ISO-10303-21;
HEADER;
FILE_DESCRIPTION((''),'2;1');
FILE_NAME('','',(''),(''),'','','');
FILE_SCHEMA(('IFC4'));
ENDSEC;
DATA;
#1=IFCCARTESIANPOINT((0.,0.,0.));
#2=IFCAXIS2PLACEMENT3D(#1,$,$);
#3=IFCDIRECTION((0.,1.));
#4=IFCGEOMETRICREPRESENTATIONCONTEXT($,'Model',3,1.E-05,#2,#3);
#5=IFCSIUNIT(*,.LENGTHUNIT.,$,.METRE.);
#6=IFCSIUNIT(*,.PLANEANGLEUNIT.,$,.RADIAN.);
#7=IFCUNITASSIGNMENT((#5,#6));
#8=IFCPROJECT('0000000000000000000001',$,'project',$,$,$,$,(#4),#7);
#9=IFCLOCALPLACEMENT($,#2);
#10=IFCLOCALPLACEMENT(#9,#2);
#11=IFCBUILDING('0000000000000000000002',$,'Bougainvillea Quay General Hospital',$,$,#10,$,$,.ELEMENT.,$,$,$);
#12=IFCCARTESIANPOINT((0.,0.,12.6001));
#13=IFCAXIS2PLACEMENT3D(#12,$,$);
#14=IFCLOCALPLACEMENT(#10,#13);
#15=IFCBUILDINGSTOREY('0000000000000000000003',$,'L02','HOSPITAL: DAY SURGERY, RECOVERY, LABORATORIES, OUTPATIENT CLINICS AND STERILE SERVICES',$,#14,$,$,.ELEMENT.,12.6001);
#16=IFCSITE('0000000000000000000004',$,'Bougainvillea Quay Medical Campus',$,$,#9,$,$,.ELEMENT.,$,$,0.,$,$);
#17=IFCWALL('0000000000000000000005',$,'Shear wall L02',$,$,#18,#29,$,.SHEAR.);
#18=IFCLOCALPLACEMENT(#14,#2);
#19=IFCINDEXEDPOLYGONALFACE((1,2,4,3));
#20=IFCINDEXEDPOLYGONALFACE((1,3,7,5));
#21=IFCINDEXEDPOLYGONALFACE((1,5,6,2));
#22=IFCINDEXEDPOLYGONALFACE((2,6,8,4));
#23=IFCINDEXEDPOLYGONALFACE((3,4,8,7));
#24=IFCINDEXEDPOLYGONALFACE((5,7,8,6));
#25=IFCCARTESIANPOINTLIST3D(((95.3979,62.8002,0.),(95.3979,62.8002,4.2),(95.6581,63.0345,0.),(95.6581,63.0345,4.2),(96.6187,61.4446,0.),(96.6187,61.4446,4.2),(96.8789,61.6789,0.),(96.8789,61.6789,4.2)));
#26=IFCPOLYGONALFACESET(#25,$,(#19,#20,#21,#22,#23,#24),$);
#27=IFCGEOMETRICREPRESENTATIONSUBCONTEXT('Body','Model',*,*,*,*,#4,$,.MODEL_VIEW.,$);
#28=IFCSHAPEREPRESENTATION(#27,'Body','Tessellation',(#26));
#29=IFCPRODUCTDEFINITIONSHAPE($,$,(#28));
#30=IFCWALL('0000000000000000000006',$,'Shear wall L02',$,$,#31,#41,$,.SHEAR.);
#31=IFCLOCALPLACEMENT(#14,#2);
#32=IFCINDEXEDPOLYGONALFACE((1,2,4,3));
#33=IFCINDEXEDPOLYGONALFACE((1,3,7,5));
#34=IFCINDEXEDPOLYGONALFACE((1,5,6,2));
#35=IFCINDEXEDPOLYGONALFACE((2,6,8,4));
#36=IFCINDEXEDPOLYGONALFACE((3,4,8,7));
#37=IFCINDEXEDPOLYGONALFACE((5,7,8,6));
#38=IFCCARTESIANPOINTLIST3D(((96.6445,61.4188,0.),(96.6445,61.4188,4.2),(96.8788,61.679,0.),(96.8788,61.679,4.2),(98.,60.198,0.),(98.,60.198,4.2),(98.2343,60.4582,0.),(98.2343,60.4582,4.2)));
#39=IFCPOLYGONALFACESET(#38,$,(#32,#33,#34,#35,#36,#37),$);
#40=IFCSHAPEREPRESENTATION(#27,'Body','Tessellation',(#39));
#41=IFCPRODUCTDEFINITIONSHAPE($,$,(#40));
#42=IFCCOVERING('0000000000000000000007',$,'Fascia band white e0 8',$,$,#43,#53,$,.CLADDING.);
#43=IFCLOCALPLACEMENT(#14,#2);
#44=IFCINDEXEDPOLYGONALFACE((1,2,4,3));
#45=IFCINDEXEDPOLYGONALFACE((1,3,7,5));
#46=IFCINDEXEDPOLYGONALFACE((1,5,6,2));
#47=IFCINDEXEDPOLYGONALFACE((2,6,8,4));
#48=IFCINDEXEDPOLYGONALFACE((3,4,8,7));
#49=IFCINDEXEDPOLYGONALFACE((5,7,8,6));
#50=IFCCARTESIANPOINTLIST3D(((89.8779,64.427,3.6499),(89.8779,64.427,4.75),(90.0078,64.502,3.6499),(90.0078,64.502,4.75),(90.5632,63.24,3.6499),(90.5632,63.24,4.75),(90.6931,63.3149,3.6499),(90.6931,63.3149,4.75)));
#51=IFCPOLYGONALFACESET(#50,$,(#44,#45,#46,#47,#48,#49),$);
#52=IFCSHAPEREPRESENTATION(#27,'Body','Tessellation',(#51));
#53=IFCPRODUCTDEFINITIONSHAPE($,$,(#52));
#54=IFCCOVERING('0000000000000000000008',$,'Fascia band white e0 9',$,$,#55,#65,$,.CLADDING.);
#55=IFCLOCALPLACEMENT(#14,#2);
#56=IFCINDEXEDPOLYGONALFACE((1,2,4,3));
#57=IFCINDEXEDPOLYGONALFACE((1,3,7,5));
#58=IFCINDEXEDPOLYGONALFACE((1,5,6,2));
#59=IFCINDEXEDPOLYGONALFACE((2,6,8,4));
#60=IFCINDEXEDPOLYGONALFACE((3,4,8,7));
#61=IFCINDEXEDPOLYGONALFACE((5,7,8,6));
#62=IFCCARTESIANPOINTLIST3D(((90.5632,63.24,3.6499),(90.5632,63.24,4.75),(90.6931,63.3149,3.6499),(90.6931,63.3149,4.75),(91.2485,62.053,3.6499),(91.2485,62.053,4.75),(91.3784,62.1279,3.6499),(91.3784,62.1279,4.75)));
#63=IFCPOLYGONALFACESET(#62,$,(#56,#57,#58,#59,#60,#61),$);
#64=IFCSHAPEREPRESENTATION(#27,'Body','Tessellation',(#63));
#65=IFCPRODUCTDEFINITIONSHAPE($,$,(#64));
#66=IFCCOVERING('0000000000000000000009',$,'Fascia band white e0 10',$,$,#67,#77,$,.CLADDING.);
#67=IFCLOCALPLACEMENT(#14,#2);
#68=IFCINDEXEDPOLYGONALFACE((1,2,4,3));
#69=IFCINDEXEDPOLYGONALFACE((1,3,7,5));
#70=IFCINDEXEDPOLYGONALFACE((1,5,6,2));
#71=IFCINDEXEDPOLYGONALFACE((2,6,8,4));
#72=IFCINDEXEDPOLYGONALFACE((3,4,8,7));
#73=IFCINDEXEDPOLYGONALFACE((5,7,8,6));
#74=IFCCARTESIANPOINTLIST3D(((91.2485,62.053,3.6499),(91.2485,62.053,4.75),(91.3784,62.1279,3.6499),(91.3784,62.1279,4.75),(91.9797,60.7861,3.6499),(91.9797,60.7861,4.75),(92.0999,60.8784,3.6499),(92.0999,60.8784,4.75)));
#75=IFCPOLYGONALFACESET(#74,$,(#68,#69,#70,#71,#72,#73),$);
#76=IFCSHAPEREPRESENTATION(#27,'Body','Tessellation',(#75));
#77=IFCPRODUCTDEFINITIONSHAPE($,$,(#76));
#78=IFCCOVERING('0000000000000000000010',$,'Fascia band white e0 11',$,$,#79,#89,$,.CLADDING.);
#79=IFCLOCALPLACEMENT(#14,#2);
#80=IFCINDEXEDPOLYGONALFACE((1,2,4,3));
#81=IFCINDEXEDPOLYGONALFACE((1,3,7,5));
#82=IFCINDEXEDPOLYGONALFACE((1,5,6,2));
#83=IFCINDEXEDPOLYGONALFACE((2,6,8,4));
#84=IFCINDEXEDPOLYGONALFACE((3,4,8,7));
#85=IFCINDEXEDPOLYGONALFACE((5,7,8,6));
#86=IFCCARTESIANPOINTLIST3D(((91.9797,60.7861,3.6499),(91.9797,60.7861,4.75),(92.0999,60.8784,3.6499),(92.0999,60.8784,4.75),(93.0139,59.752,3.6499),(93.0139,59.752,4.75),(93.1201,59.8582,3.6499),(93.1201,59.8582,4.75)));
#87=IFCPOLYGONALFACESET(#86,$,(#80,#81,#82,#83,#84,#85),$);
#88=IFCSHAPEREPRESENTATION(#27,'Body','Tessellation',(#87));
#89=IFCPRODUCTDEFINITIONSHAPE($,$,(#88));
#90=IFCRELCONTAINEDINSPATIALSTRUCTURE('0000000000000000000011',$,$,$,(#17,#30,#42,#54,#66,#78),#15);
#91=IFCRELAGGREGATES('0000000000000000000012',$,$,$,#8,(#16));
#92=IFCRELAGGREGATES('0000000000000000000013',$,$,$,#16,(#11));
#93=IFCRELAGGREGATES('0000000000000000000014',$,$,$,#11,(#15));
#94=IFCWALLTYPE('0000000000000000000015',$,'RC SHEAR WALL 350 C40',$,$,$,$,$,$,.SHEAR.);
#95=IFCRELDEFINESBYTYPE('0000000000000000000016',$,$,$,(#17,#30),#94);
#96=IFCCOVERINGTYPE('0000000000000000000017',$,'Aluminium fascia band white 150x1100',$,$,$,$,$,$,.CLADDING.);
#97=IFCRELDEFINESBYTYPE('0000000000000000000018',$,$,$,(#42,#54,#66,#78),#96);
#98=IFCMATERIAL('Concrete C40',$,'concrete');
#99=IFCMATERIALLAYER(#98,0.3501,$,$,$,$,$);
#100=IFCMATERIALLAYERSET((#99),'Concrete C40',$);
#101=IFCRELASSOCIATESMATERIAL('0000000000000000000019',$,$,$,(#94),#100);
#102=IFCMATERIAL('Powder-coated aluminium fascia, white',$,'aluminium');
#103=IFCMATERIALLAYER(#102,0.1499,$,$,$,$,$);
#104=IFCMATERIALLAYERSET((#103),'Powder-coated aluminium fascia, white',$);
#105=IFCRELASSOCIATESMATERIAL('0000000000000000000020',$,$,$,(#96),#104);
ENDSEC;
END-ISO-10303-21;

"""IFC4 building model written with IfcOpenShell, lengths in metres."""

from ifc_helpers import new_model, si_unit, direction, frame, frame_2d, origin, place, context, subcontext, project, spatial, polyline, rectangle, outline, extrude, material, layer, layer_set, type_object, element, save


model = new_model("IFC4")

# Units and contexts
model_context = context("Model", 3, precision=1e-05, world=origin(), true_north=direction((0.0, 1.0)))
body_context = subcontext(model_context, "Body", "Model", "MODEL_VIEW")
ifc_project = project(units=[si_unit("LENGTHUNIT", "METRE"), si_unit("PLANEANGLEUNIT", "RADIAN")], contexts=[model_context])

# Site, building, storey
site_placement = place(None, origin())
site = spatial("IfcSite", under=ifc_project, at=site_placement, Name="Bougainvillea Quay Medical Campus", CompositionType="ELEMENT", RefElevation=0.0)
building_placement = place(site_placement, origin())
building = spatial("IfcBuilding", under=site, at=building_placement, Name="Bougainvillea Quay General Hospital", CompositionType="ELEMENT")
storey_placement = place(building_placement, frame((0.0, 0.0, 12.6001)))
storey = spatial("IfcBuildingStorey", under=building, at=storey_placement, Name="L02", Description="HOSPITAL: DAY SURGERY, RECOVERY, LABORATORIES, OUTPATIENT CLINICS AND STERILE SERVICES", CompositionType="ELEMENT", Elevation=12.6001)

# Shared definitions
ifc_material_1 = material(Name="Concrete C40", Category="concrete")

# Walls
ifc_layer_1 = layer(ifc_material_1, 0.3501)
ifc_layer_set_1 = layer_set([ifc_layer_1], Name="Concrete C40")
wall_type_1 = type_object("IfcWallType", Name="RC SHEAR WALL 350 C40", PredefinedType="SHEAR", material=ifc_layer_set_1)
for number, where, z_axis, x_axis, name in (
    (1, (96.7488, 61.5618, 0.0), (0.0, 0.0, 1.0), (-0.669201, 0.743081, 0.0), "Shear wall L02"),
    (2, (98.1172, 60.3281, 0.0), (0.0, 0.0, 1.0), (-0.743081, 0.669201, 0.0), "Shear wall L02"),
):
    element("IfcWall", number, at=place(storey_placement, frame(where, z_axis=z_axis, x_axis=x_axis)), inside=storey, type_object=wall_type_1, Name=name, PredefinedType="SHEAR", context=body_context, shape_type="SweptSolid", body=[
        extrude(rectangle(XDim=1.8242, YDim=0.3501, at=frame_2d((0.9121, 0.0))), origin(), (0.0, 0.0, 1.0), 4.2),
    ])

# Coverings
ifc_material_2 = material(Name="Powder-coated aluminium fascia, white", Category="aluminium")
ifc_layer_2 = layer(ifc_material_2, 0.1499)
ifc_layer_set_2 = layer_set([ifc_layer_2], Name="Powder-coated aluminium fascia, white")
covering_type = type_object("IfcCoveringType", Name="Aluminium fascia band white 150x1100", PredefinedType="CLADDING", material=ifc_layer_set_2)
for number, where, z_axis, x_axis, name in (
    (3, (90.0078, 64.502, 3.6499), (0.0, 0.0, 1.0), (0.49999, -0.866031, 0.0), "Fascia band white e0 8"),
    (4, (90.6931, 63.3149, 3.6499), (0.0, 0.0, 1.0), (0.49999, -0.866031, 0.0), "Fascia band white e0 9"),
):
    element("IfcCovering", number, at=place(storey_placement, frame(where, z_axis=z_axis, x_axis=x_axis)), inside=storey, type_object=covering_type, Name=name, PredefinedType="CLADDING", context=body_context, shape_type="SweptSolid", body=[
        extrude(outline(polyline([(0.0, 0.0), (1.3706, 0.0), (1.3706, -0.15), (0.0, -0.15), (0.0, 0.0)])), origin(), (0.0, 0.0, 1.0), 1.1001),
    ])
covering_1_placement = place(storey_placement, frame((91.3784, 62.1279, 3.6499), z_axis=(0.0, 0.0, 1.0), x_axis=(0.500015, -0.866017, 0.0)))
element("IfcCovering", 5, at=covering_1_placement, inside=storey, type_object=covering_type, Name="Fascia band white e0 10", PredefinedType="CLADDING", context=body_context, shape_type="SweptSolid", body=[
    extrude(outline(polyline([(0.0, 0.0), (1.4428, 0.0), (1.4627, -0.1502), (0.0, -0.15), (0.0, 0.0)])), origin(), (0.0, 0.0, 1.0), 1.1001),
])
covering_2_placement = place(storey_placement, frame((92.0999, 60.8784, 3.6499), z_axis=(0.0, 0.0, 1.0), x_axis=(0.707107, -0.707107, 0.0)))
element("IfcCovering", 6, at=covering_2_placement, inside=storey, type_object=covering_type, Name="Fascia band white e0 11", PredefinedType="CLADDING", context=body_context, shape_type="SweptSolid", body=[
    extrude(outline(polyline([(0.0, 0.0), (1.4429, 0.0), (1.4429, -0.1502), (-0.0197, -0.1502), (0.0, 0.0)])), origin(), (0.0, 0.0, 1.0), 1.1001),
])

save(model, "model.ifc")
